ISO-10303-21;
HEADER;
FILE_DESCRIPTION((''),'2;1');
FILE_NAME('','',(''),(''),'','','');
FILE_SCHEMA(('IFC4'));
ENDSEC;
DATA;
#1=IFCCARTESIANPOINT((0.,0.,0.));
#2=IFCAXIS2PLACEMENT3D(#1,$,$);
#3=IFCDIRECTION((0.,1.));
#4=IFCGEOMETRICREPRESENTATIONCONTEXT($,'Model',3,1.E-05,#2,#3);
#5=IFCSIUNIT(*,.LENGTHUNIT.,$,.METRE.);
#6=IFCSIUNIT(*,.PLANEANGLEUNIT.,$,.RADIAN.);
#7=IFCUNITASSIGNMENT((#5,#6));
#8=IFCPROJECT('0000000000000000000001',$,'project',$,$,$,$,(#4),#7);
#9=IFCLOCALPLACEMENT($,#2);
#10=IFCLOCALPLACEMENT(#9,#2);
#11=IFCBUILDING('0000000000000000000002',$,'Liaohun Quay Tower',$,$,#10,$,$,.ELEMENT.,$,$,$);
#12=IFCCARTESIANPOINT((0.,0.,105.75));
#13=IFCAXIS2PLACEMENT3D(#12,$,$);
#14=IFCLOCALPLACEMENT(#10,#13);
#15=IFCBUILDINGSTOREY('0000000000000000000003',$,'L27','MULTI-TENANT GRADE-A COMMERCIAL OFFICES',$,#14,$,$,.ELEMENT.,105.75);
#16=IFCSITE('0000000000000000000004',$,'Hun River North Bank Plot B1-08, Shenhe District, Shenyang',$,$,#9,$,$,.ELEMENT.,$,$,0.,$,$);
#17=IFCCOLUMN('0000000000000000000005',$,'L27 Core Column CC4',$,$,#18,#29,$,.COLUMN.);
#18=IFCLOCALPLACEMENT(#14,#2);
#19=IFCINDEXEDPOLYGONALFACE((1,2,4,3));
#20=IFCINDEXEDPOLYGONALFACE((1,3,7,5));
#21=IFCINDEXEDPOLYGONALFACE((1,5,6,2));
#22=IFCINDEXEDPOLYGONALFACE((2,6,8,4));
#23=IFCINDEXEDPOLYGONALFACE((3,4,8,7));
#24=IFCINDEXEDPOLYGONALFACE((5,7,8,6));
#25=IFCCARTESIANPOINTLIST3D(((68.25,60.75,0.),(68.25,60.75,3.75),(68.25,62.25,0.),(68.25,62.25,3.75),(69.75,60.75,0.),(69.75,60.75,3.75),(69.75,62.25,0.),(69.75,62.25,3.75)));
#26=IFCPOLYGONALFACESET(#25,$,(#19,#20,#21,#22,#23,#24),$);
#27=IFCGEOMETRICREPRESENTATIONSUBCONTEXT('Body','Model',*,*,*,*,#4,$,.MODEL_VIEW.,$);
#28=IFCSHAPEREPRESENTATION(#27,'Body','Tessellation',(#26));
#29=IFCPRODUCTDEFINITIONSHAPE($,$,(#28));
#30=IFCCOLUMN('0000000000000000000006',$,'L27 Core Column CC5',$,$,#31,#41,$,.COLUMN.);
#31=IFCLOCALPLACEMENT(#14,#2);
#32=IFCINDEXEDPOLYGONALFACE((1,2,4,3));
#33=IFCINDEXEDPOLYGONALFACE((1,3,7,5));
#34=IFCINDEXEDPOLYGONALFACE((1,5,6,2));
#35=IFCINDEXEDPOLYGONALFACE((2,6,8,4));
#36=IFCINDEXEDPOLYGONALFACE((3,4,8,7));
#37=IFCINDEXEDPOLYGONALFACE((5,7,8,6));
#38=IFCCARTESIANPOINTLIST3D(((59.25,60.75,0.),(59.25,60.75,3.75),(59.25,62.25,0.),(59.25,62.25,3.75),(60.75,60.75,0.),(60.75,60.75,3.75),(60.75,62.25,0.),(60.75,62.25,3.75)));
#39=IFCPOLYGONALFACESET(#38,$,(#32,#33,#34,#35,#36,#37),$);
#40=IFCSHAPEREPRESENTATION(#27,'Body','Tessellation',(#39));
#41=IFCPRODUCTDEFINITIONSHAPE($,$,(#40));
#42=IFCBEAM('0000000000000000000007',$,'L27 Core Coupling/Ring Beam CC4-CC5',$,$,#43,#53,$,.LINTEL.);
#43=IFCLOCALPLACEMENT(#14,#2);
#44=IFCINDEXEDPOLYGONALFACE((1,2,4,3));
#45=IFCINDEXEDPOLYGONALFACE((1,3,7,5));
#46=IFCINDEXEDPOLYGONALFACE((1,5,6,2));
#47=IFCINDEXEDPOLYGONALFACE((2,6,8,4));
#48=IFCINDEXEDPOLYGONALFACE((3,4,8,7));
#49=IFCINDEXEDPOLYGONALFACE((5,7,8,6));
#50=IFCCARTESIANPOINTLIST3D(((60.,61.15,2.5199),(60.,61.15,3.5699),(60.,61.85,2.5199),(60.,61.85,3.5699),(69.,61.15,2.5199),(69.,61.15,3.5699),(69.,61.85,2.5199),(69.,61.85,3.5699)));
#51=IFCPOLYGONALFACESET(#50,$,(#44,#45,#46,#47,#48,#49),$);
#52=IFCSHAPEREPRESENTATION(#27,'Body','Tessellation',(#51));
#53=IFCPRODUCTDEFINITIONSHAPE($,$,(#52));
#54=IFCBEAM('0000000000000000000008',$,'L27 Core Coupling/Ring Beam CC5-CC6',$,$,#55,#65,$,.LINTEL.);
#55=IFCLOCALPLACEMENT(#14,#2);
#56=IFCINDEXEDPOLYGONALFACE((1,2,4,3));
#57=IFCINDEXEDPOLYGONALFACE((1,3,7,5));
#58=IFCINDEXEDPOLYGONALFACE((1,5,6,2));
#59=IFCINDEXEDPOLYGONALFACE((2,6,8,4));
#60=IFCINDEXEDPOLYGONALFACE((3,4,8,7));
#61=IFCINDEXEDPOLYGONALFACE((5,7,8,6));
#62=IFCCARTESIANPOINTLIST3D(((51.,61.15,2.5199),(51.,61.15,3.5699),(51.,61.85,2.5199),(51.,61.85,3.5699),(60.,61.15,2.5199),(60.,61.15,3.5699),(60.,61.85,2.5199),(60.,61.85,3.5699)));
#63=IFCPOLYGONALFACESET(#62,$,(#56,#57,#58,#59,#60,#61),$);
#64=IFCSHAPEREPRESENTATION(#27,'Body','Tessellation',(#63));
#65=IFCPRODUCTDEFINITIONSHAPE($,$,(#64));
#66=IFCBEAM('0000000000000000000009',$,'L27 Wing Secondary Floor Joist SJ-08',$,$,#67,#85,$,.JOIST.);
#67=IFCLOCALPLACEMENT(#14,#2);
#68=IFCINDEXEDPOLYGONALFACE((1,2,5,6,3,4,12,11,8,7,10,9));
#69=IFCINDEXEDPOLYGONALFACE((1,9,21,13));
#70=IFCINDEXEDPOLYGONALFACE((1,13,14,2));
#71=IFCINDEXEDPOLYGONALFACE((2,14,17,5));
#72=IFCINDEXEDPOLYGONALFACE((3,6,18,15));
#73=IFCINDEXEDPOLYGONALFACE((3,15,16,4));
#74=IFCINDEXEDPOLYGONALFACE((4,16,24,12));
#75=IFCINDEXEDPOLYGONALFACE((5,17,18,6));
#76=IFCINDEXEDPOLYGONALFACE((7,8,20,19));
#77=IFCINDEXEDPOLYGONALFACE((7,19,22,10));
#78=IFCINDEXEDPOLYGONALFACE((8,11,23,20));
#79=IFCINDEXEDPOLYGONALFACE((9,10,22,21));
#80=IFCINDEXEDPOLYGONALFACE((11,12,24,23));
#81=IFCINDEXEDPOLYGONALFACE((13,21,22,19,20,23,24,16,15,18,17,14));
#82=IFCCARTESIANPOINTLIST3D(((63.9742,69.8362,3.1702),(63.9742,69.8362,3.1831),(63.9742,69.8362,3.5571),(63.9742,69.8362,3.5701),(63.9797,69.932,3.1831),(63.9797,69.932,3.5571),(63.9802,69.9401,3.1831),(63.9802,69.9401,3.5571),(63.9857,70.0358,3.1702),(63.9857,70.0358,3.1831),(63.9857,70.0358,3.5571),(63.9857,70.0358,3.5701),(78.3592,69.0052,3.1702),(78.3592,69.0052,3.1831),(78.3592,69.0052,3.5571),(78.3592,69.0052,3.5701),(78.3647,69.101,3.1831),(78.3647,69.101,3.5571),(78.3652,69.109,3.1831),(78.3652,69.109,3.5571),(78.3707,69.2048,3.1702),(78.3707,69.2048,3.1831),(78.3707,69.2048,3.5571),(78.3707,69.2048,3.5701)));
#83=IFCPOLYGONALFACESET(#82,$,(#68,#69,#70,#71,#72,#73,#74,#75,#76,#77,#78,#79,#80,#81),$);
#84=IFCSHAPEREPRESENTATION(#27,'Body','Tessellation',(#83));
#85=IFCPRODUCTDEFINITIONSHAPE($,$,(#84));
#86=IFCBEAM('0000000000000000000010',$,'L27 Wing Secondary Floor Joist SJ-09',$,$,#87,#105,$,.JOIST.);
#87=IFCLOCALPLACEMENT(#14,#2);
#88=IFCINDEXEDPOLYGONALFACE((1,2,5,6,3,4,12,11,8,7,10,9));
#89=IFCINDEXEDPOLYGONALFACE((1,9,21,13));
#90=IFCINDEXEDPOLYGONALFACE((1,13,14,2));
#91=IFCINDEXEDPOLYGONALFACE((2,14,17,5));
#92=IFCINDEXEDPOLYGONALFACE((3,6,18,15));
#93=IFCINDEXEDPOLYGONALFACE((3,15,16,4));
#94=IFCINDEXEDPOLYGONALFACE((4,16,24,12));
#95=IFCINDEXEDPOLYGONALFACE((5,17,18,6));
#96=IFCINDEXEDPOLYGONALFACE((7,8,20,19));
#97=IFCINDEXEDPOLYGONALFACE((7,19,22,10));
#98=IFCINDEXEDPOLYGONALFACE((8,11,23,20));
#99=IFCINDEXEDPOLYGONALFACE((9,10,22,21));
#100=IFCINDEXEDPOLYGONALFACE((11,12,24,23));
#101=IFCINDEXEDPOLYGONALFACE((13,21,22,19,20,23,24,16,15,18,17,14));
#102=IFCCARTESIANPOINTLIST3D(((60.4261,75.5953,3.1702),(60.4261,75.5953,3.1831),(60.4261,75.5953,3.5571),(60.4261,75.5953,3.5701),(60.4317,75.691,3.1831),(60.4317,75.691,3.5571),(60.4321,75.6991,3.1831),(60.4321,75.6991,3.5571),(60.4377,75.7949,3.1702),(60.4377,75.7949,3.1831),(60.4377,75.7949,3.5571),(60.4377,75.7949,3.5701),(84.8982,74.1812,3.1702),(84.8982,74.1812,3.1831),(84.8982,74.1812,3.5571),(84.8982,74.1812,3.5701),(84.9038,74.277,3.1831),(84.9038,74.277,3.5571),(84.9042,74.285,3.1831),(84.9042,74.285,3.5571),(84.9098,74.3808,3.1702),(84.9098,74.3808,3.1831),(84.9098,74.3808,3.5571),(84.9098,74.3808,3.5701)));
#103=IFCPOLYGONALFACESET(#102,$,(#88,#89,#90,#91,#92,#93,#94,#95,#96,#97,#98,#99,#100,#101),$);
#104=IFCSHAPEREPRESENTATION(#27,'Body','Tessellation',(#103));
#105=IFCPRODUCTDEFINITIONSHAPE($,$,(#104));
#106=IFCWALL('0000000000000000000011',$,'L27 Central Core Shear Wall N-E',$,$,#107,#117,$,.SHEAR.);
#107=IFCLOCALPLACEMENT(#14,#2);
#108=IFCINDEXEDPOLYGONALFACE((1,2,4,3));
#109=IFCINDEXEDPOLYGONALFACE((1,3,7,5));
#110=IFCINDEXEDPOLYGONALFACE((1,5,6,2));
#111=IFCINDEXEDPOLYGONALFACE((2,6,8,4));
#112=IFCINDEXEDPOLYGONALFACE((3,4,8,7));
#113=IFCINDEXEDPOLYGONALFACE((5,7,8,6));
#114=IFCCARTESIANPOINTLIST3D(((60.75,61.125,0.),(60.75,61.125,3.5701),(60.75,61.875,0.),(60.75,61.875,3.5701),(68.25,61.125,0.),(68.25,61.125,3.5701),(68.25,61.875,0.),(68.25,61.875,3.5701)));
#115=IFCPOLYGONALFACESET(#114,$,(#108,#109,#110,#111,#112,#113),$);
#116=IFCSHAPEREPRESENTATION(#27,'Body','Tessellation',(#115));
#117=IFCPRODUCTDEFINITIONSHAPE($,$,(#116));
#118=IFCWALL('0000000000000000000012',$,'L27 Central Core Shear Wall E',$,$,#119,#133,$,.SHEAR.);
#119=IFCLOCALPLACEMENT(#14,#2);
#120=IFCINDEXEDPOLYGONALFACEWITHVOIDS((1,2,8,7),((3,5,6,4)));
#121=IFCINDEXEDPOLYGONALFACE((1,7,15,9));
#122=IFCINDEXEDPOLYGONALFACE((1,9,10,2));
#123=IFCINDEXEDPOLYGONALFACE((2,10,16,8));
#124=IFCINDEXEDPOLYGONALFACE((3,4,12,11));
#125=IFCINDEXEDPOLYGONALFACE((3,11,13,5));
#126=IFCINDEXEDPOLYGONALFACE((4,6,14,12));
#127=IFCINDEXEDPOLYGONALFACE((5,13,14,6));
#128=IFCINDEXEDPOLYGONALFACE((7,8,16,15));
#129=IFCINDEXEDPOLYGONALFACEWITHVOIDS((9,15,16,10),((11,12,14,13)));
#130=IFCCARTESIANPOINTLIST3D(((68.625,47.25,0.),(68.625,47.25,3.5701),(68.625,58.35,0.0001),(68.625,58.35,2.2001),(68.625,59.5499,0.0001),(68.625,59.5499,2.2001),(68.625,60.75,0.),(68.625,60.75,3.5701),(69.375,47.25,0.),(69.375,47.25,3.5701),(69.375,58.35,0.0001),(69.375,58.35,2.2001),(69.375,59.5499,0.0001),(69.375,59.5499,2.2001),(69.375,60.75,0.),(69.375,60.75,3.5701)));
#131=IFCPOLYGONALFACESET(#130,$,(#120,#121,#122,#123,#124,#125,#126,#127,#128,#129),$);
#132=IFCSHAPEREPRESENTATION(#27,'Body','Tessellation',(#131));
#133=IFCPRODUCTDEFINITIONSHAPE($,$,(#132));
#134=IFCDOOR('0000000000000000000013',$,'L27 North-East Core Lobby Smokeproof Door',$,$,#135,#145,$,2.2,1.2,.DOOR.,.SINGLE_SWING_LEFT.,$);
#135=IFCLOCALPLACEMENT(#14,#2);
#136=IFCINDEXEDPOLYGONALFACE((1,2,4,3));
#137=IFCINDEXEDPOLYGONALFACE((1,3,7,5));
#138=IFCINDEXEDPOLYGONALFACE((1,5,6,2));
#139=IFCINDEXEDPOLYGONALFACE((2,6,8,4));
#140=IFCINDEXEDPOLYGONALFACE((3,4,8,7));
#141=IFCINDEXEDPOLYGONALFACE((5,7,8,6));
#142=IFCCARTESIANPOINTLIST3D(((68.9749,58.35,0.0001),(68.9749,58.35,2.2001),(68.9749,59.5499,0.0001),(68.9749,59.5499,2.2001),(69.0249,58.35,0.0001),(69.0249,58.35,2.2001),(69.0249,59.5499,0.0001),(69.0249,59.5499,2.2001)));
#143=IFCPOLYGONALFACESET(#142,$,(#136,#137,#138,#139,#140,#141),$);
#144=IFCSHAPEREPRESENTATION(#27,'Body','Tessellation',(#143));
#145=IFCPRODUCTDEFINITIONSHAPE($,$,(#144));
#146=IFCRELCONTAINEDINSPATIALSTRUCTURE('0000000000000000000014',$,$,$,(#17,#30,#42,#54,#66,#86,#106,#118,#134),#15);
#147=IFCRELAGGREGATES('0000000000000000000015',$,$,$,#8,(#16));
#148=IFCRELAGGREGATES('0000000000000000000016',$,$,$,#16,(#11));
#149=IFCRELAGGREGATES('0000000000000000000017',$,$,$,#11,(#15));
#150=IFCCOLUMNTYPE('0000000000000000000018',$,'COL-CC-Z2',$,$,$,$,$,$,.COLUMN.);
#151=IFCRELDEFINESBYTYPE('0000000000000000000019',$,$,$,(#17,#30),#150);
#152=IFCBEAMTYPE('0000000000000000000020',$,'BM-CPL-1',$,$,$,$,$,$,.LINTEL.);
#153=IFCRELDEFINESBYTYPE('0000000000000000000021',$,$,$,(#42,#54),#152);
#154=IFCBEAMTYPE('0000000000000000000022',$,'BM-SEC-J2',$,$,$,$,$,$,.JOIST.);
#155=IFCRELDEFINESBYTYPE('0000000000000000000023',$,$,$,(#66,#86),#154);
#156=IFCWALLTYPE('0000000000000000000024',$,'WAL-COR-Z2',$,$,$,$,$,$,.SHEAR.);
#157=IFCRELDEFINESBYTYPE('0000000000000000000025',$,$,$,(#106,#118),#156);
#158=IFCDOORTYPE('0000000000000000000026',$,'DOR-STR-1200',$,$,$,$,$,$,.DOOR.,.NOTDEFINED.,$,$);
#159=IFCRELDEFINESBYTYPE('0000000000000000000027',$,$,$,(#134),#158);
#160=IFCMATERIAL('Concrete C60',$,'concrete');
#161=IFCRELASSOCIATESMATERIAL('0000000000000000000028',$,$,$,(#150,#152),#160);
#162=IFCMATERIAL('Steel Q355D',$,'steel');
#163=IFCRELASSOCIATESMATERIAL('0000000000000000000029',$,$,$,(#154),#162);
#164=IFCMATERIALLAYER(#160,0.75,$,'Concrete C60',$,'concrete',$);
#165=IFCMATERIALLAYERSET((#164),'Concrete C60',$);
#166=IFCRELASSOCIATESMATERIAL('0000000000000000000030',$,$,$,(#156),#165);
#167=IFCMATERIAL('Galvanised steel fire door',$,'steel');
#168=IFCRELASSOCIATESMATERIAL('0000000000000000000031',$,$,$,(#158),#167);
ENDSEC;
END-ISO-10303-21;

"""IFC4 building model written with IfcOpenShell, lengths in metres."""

from ifc_helpers import new_model, si_unit, direction, frame, frame_2d, origin, origin_2d, place, context, subcontext, project, spatial, rectangle, i_section, extrude, source, transform, mapped, material, layer, layer_set, material_profile, profile_set, type_object, element, fill, save


model = new_model("IFC4")

# Units and contexts
model_context = context("Model", 3, precision=1e-05, world=origin(), true_north=direction((0.0, 1.0)))
body_context = subcontext(model_context, "Body", "Model", "MODEL_VIEW")
ifc_project = project(units=[si_unit("LENGTHUNIT", "METRE"), si_unit("PLANEANGLEUNIT", "RADIAN")], contexts=[model_context])

# Site, building, storey
site_placement = place(None, origin())
site = spatial("IfcSite", under=ifc_project, at=site_placement, Name="Hun River North Bank Plot B1-08, Shenhe District, Shenyang", CompositionType="ELEMENT", RefElevation=0.0)
building_placement = place(site_placement, origin())
building = spatial("IfcBuilding", under=site, at=building_placement, Name="Liaohun Quay Tower", CompositionType="ELEMENT")
storey_placement = place(building_placement, frame((0.0, 0.0, 105.75)))
storey = spatial("IfcBuildingStorey", under=building, at=storey_placement, Name="L27", Description="MULTI-TENANT GRADE-A COMMERCIAL OFFICES", CompositionType="ELEMENT", Elevation=105.75)

# Columns
ifc_material_1 = material(Name="Concrete C60", Category="concrete")
ifc_material_profile_1 = material_profile(ifc_material_1, rectangle(XDim=1.5, YDim=1.5, at=origin_2d()), Name="RC1500x1500")
ifc_profile_set_1 = profile_set([ifc_material_profile_1], Name="Concrete C60")
column_type = type_object("IfcColumnType", Name="COL-CC-Z2", PredefinedType="COLUMN", material=ifc_profile_set_1)
shared_shape_1 = source(origin(), body_context, "Body", "SweptSolid", [
    extrude(rectangle(XDim=1.5, YDim=1.5, at=origin_2d()), origin(), (0.0, 0.0, 1.0), 3.75),
])
for number, where, z_axis, x_axis, name in (
    (1, (69.0, 61.5, 0.0), (0.0, 0.0, 1.0), (1.0, 0.0, 0.0), "L27 Core Column CC4"),
    (2, (60.0, 61.5, 0.0), (0.0, 0.0, 1.0), (1.0, 0.0, 0.0), "L27 Core Column CC5"),
):
    element("IfcColumn", number, at=place(storey_placement, frame(where, z_axis=z_axis, x_axis=x_axis)), inside=storey, type_object=column_type, Name=name, PredefinedType="COLUMN", context=body_context, shape_type="MappedRepresentation", body=[
        mapped(shared_shape_1, transform((0.0, 0.0, 0.0), x_axis=(1.0, 0.0, 0.0), y_axis=(0.0, 1.0, 0.0), z_axis=(0.0, 0.0, 1.0), scale=1.0)),
    ])

# Beams
ifc_material_profile_2 = material_profile(ifc_material_1, rectangle(XDim=0.7, YDim=1.05, at=origin_2d()), Name="RC700x1050")
ifc_profile_set_2 = profile_set([ifc_material_profile_2], Name="Concrete C60")
beam_type_1 = type_object("IfcBeamType", Name="BM-CPL-1", PredefinedType="LINTEL", material=ifc_profile_set_2)
shared_shape_2 = source(origin(), body_context, "Body", "SweptSolid", [
    extrude(rectangle(XDim=0.7, YDim=1.05, at=origin_2d()), origin(), (0.0, 0.0, 1.0), 9.0),
])
for number, where, z_axis, x_axis, name in (
    (3, (69.0, 61.5, 3.0449), (-1.0, 0.0, 0.0), (0.0, -1.0, 0.0), "L27 Core Coupling/Ring Beam CC4-CC5"),
    (4, (60.0, 61.5, 3.0449), (-1.0, 0.0, 0.0), (0.0, -1.0, 0.0), "L27 Core Coupling/Ring Beam CC5-CC6"),
):
    element("IfcBeam", number, at=place(storey_placement, frame(where, z_axis=z_axis, x_axis=x_axis)), inside=storey, type_object=beam_type_1, Name=name, PredefinedType="LINTEL", context=body_context, shape_type="MappedRepresentation", body=[
        mapped(shared_shape_2, transform((0.0, 0.0, 0.0), x_axis=(1.0, 0.0, 0.0), y_axis=(0.0, 1.0, 0.0), z_axis=(0.0, 0.0, 1.0), scale=1.0)),
    ])
ifc_material_2 = material(Name="Steel Q355D", Category="steel")
ifc_material_profile_3 = material_profile(ifc_material_2, i_section(OverallWidth=0.2, OverallDepth=0.3999, WebThickness=0.0081, FlangeThickness=0.0129, at=origin_2d()), Name="HN400x200x8x13")
ifc_profile_set_3 = profile_set([ifc_material_profile_3], Name="Steel Q355D")
beam_type_2 = type_object("IfcBeamType", Name="BM-SEC-J2", PredefinedType="JOIST", material=ifc_profile_set_3)
shared_shape_3 = source(origin(), body_context, "Body", "SweptSolid", [
    extrude(i_section(OverallWidth=0.2, OverallDepth=0.3999, WebThickness=0.0081, FlangeThickness=0.0129, at=origin_2d()), origin(), (0.0, 0.0, 1.0), 14.4089),
])
beam_1_placement = place(storey_placement, frame((63.98, 69.936, 3.3701), z_axis=(0.998335, -0.057676, 0.0), x_axis=(0.057676, 0.998335, 0.0)))
element("IfcBeam", 5, at=beam_1_placement, inside=storey, type_object=beam_type_2, Name="L27 Wing Secondary Floor Joist SJ-08", PredefinedType="JOIST", context=body_context, shape_type="MappedRepresentation", body=[
    mapped(shared_shape_3, transform((0.0, 0.0, 0.0), x_axis=(1.0, 0.0, 0.0), y_axis=(0.0, 1.0, 0.0), z_axis=(0.0, 0.0, 1.0), scale=1.0)),
])
shared_shape_4 = source(origin(), body_context, "Body", "SweptSolid", [
    extrude(i_section(OverallWidth=0.2, OverallDepth=0.3999, WebThickness=0.0081, FlangeThickness=0.0129, at=origin_2d()), origin(), (0.0, 0.0, 1.0), 24.5129),
])
beam_2_placement = place(storey_placement, frame((60.4319, 75.6951, 3.3701), z_axis=(0.998335, -0.057686, 0.0), x_axis=(0.057686, 0.998335, 0.0)))
element("IfcBeam", 6, at=beam_2_placement, inside=storey, type_object=beam_type_2, Name="L27 Wing Secondary Floor Joist SJ-09", PredefinedType="JOIST", context=body_context, shape_type="MappedRepresentation", body=[
    mapped(shared_shape_4, transform((0.0, 0.0, 0.0), x_axis=(1.0, 0.0, 0.0), y_axis=(0.0, 1.0, 0.0), z_axis=(0.0, 0.0, 1.0), scale=1.0)),
])

# Wall
ifc_layer_1 = layer(ifc_material_1, 0.75, Name="Concrete C60", Category="concrete")
ifc_layer_set_1 = layer_set([ifc_layer_1], Name="Concrete C60")
wall_type_1 = type_object("IfcWallType", Name="WAL-COR-Z2", PredefinedType="SHEAR", material=ifc_layer_set_1)
wall_1_placement = place(storey_placement, frame((60.75, 61.5, 0.0), z_axis=(0.0, 0.0, 1.0), x_axis=(1.0, 0.0, 0.0)))
element("IfcWall", 7, at=wall_1_placement, inside=storey, type_object=wall_type_1, Name="L27 Central Core Shear Wall N-E", PredefinedType="SHEAR", context=body_context, shape_type="SweptSolid", body=[
    extrude(rectangle(XDim=7.5, YDim=0.75, at=frame_2d((3.75, 0.0))), origin(), (0.0, 0.0, 1.0), 3.5701),
])

# Wall, opening, door
wall_2_placement = place(storey_placement, frame((69.0, 60.75, 0.0), z_axis=(0.0, 0.0, 1.0), x_axis=(0.0, -1.0, 0.0)))
wall_2 = element("IfcWall", 8, at=wall_2_placement, inside=storey, type_object=wall_type_1, Name="L27 Central Core Shear Wall E", PredefinedType="SHEAR", context=body_context, shape_type="SweptSolid", body=[
    extrude(rectangle(XDim=13.5, YDim=0.75, at=frame_2d((6.75, 0.0))), origin(), (0.0, 0.0, 1.0), 3.5701),
])
shared_shape_5 = source(origin(), body_context, "Body", "SweptSolid", [
    extrude(rectangle(XDim=1.2, YDim=2.2, at=frame_2d((0.6001, 1.1001))), frame((0.0, 0.385, 0.0), z_axis=(0.0, -1.0, 0.0), x_axis=(1.0, 0.0, 0.0)), (0.0, 0.0, 1.0), 0.77),
])
opening_1_placement = place(wall_2_placement, frame((1.2, 0.0, 0.0)))
opening_1 = element("IfcOpeningElement", 9, at=opening_1_placement, cuts=wall_2, PredefinedType="OPENING", context=body_context, shape_type="MappedRepresentation", body=[
    mapped(shared_shape_5, transform((0.0, 0.0, 0.0), x_axis=(1.0, 0.0, 0.0), y_axis=(0.0, 1.0, 0.0), z_axis=(0.0, 0.0, 1.0), scale=1.0)),
])
ifc_material_3 = material(Name="Galvanised steel fire door", Category="steel")
door_type_1 = type_object("IfcDoorType", Name="DOR-STR-1200", OperationType="NOTDEFINED", PredefinedType="DOOR", material=ifc_material_3)
shared_shape_6 = source(origin(), body_context, "Body", "SweptSolid", [
    extrude(rectangle(XDim=1.2, YDim=2.2, at=frame_2d((0.6001, 1.1001))), frame((0.0, 0.0249, 0.0), z_axis=(0.0, -1.0, 0.0), x_axis=(1.0, 0.0, 0.0)), (0.0, 0.0, 1.0), 0.05),
])
door_1_placement = place(opening_1_placement, origin())
door_1 = element("IfcDoor", 10, at=door_1_placement, inside=storey, type_object=door_type_1, Name="L27 North-East Core Lobby Smokeproof Door", OperationType="SINGLE_SWING_LEFT", OverallHeight=2.2, OverallWidth=1.2, PredefinedType="DOOR", context=body_context, shape_type="MappedRepresentation", body=[
    mapped(shared_shape_6, transform((0.0, 0.0, 0.0), x_axis=(1.0, 0.0, 0.0), y_axis=(0.0, 1.0, 0.0), z_axis=(0.0, 0.0, 1.0), scale=1.0)),
])
fill(opening_1, door_1)

save(model, "model.ifc")
